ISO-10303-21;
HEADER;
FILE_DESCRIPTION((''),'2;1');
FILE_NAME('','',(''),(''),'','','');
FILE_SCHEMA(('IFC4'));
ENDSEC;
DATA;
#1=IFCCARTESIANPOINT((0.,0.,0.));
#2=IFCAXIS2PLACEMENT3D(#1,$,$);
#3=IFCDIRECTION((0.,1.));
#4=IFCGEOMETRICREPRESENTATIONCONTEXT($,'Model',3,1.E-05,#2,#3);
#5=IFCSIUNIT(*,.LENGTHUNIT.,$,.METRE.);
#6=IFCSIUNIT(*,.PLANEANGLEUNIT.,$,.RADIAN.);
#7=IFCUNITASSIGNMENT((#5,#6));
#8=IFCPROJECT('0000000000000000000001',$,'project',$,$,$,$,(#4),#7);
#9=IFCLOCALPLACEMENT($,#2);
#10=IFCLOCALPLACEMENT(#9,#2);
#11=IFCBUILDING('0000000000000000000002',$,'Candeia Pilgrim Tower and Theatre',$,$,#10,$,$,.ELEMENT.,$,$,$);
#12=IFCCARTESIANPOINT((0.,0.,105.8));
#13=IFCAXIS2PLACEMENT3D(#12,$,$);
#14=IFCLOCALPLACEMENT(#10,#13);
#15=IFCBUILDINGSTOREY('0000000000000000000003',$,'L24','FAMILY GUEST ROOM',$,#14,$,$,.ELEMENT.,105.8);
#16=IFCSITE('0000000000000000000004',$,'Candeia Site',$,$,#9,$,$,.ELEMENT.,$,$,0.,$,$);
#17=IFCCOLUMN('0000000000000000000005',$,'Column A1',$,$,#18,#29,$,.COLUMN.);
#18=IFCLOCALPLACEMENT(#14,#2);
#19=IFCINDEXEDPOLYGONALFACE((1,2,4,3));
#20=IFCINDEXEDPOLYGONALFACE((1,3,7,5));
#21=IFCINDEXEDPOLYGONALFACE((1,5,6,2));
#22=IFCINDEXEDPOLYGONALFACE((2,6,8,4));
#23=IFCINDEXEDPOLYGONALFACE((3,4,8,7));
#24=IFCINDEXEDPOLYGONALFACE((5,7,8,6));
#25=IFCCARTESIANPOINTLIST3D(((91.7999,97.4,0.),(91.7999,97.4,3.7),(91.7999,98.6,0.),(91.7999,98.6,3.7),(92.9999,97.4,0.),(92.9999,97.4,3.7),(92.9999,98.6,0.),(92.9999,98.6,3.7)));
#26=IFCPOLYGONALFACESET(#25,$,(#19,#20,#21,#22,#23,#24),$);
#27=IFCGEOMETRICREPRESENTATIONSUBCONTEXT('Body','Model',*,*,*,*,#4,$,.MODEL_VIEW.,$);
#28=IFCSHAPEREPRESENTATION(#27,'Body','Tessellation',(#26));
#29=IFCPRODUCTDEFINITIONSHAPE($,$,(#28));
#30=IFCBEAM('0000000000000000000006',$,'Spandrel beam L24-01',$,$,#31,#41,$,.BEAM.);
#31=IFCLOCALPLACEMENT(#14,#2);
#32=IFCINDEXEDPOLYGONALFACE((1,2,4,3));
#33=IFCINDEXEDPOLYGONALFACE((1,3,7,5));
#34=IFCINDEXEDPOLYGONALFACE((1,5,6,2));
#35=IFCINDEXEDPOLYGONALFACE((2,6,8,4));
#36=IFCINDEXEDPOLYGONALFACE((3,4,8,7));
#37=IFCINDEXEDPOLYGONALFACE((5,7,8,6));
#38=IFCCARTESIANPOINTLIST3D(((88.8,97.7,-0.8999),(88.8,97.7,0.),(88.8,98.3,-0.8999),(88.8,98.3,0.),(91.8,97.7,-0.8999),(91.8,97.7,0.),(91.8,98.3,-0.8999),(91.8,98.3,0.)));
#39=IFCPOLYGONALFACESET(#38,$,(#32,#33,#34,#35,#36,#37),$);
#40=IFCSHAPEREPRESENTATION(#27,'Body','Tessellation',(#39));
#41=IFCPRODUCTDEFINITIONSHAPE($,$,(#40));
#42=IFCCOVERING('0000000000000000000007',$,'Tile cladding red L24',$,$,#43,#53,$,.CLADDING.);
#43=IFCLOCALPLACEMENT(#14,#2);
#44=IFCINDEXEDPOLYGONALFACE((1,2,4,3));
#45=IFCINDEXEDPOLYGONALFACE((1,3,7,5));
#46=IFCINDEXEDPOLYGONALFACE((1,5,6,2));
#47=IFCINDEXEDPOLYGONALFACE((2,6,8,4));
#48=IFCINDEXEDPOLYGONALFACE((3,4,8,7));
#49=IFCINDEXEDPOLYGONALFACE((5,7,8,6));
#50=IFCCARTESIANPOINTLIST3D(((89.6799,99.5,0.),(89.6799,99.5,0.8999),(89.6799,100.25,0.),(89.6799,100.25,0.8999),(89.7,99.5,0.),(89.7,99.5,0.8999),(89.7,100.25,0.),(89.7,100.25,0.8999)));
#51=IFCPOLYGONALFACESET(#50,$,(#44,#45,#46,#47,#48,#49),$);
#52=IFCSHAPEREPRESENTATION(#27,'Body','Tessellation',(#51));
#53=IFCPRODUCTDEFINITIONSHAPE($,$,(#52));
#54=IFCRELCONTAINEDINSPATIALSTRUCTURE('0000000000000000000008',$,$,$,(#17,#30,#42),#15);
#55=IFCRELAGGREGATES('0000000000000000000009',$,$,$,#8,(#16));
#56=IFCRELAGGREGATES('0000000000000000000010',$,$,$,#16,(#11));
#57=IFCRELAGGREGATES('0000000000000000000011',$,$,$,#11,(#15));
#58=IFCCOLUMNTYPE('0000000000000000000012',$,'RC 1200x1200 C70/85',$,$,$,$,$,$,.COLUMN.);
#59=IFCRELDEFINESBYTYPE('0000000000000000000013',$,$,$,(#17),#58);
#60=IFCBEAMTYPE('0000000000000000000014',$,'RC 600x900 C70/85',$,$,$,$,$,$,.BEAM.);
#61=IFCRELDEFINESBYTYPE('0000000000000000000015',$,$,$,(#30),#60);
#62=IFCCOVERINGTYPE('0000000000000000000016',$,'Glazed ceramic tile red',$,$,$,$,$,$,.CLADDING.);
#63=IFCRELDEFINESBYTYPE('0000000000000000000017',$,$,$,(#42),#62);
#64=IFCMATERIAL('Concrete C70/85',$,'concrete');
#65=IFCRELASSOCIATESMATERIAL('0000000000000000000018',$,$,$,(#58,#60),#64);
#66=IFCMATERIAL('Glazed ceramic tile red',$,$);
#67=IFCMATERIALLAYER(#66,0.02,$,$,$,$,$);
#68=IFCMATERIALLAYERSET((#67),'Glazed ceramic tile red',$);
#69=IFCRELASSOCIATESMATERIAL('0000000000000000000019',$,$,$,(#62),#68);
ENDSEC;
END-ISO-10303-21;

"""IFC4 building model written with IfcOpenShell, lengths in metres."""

from ifc_helpers import new_model, si_unit, direction, frame, origin, origin_2d, place, context, subcontext, project, spatial, rectangle, extrude, material, layer, layer_set, material_profile, profile_set, type_object, element, save


model = new_model("IFC4")

# Units and contexts
model_context = context("Model", 3, precision=1e-05, world=origin(), true_north=direction((0.0, 1.0)))
body_context = subcontext(model_context, "Body", "Model", "MODEL_VIEW")
ifc_project = project(units=[si_unit("LENGTHUNIT", "METRE"), si_unit("PLANEANGLEUNIT", "RADIAN")], contexts=[model_context])

# Site, building, storey
site_placement = place(None, origin())
site = spatial("IfcSite", under=ifc_project, at=site_placement, Name="Candeia Site", CompositionType="ELEMENT", RefElevation=0.0)
building_placement = place(site_placement, origin())
building = spatial("IfcBuilding", under=site, at=building_placement, Name="Candeia Pilgrim Tower and Theatre", CompositionType="ELEMENT")
storey_placement = place(building_placement, frame((0.0, 0.0, 105.8)))
storey = spatial("IfcBuildingStorey", under=building, at=storey_placement, Name="L24", Description="FAMILY GUEST ROOM", CompositionType="ELEMENT", Elevation=105.8)

# Column
ifc_material_1 = material(Name="Concrete C70/85", Category="concrete")
ifc_material_profile_1 = material_profile(ifc_material_1, rectangle(XDim=1.2, YDim=1.2, at=origin_2d()))
ifc_profile_set_1 = profile_set([ifc_material_profile_1], Name="Concrete C70/85")
column_type = type_object("IfcColumnType", Name="RC 1200x1200 C70/85", PredefinedType="COLUMN", material=ifc_profile_set_1)
column_placement = place(storey_placement, frame((92.3999, 98.0, 0.0), z_axis=(0.0, 0.0, 1.0), x_axis=(1.0, 0.0, 0.0)))
element("IfcColumn", 1, at=column_placement, inside=storey, type_object=column_type, Name="Column A1", PredefinedType="COLUMN", context=body_context, shape_type="SweptSolid", body=[
    extrude(rectangle(XDim=1.2, YDim=1.2, at=origin_2d()), origin(), (0.0, 0.0, 1.0), 3.7),
])

# Beam
ifc_material_profile_2 = material_profile(ifc_material_1, rectangle(XDim=0.6001, YDim=0.8999, at=origin_2d()))
ifc_profile_set_2 = profile_set([ifc_material_profile_2], Name="Concrete C70/85")
beam_type = type_object("IfcBeamType", Name="RC 600x900 C70/85", PredefinedType="BEAM", material=ifc_profile_set_2)
beam_placement = place(storey_placement, frame((88.8, 98.0, -0.45), z_axis=(1.0, 0.0, 0.0), x_axis=(0.0, 1.0, 0.0)))
element("IfcBeam", 2, at=beam_placement, inside=storey, type_object=beam_type, Name="Spandrel beam L24-01", PredefinedType="BEAM", context=body_context, shape_type="SweptSolid", body=[
    extrude(rectangle(XDim=0.6001, YDim=0.8999, at=origin_2d()), origin(), (0.0, 0.0, 1.0), 3.0),
])

# Covering
ifc_material_2 = material(Name="Glazed ceramic tile red")
ifc_layer_1 = layer(ifc_material_2, 0.02)
ifc_layer_set_1 = layer_set([ifc_layer_1], Name="Glazed ceramic tile red")
covering_type = type_object("IfcCoveringType", Name="Glazed ceramic tile red", PredefinedType="CLADDING", material=ifc_layer_set_1)
covering_placement = place(storey_placement, frame((89.6899, 99.875, 0.0), z_axis=(0.0, 0.0, 1.0), x_axis=(0.0, -1.0, 0.0)))
element("IfcCovering", 3, at=covering_placement, inside=storey, type_object=covering_type, Name="Tile cladding red L24", PredefinedType="CLADDING", context=body_context, shape_type="SweptSolid", body=[
    extrude(rectangle(XDim=0.75, YDim=0.02, at=origin_2d()), origin(), (0.0, 0.0, 1.0), 0.8999),
])

save(model, "model.ifc")
